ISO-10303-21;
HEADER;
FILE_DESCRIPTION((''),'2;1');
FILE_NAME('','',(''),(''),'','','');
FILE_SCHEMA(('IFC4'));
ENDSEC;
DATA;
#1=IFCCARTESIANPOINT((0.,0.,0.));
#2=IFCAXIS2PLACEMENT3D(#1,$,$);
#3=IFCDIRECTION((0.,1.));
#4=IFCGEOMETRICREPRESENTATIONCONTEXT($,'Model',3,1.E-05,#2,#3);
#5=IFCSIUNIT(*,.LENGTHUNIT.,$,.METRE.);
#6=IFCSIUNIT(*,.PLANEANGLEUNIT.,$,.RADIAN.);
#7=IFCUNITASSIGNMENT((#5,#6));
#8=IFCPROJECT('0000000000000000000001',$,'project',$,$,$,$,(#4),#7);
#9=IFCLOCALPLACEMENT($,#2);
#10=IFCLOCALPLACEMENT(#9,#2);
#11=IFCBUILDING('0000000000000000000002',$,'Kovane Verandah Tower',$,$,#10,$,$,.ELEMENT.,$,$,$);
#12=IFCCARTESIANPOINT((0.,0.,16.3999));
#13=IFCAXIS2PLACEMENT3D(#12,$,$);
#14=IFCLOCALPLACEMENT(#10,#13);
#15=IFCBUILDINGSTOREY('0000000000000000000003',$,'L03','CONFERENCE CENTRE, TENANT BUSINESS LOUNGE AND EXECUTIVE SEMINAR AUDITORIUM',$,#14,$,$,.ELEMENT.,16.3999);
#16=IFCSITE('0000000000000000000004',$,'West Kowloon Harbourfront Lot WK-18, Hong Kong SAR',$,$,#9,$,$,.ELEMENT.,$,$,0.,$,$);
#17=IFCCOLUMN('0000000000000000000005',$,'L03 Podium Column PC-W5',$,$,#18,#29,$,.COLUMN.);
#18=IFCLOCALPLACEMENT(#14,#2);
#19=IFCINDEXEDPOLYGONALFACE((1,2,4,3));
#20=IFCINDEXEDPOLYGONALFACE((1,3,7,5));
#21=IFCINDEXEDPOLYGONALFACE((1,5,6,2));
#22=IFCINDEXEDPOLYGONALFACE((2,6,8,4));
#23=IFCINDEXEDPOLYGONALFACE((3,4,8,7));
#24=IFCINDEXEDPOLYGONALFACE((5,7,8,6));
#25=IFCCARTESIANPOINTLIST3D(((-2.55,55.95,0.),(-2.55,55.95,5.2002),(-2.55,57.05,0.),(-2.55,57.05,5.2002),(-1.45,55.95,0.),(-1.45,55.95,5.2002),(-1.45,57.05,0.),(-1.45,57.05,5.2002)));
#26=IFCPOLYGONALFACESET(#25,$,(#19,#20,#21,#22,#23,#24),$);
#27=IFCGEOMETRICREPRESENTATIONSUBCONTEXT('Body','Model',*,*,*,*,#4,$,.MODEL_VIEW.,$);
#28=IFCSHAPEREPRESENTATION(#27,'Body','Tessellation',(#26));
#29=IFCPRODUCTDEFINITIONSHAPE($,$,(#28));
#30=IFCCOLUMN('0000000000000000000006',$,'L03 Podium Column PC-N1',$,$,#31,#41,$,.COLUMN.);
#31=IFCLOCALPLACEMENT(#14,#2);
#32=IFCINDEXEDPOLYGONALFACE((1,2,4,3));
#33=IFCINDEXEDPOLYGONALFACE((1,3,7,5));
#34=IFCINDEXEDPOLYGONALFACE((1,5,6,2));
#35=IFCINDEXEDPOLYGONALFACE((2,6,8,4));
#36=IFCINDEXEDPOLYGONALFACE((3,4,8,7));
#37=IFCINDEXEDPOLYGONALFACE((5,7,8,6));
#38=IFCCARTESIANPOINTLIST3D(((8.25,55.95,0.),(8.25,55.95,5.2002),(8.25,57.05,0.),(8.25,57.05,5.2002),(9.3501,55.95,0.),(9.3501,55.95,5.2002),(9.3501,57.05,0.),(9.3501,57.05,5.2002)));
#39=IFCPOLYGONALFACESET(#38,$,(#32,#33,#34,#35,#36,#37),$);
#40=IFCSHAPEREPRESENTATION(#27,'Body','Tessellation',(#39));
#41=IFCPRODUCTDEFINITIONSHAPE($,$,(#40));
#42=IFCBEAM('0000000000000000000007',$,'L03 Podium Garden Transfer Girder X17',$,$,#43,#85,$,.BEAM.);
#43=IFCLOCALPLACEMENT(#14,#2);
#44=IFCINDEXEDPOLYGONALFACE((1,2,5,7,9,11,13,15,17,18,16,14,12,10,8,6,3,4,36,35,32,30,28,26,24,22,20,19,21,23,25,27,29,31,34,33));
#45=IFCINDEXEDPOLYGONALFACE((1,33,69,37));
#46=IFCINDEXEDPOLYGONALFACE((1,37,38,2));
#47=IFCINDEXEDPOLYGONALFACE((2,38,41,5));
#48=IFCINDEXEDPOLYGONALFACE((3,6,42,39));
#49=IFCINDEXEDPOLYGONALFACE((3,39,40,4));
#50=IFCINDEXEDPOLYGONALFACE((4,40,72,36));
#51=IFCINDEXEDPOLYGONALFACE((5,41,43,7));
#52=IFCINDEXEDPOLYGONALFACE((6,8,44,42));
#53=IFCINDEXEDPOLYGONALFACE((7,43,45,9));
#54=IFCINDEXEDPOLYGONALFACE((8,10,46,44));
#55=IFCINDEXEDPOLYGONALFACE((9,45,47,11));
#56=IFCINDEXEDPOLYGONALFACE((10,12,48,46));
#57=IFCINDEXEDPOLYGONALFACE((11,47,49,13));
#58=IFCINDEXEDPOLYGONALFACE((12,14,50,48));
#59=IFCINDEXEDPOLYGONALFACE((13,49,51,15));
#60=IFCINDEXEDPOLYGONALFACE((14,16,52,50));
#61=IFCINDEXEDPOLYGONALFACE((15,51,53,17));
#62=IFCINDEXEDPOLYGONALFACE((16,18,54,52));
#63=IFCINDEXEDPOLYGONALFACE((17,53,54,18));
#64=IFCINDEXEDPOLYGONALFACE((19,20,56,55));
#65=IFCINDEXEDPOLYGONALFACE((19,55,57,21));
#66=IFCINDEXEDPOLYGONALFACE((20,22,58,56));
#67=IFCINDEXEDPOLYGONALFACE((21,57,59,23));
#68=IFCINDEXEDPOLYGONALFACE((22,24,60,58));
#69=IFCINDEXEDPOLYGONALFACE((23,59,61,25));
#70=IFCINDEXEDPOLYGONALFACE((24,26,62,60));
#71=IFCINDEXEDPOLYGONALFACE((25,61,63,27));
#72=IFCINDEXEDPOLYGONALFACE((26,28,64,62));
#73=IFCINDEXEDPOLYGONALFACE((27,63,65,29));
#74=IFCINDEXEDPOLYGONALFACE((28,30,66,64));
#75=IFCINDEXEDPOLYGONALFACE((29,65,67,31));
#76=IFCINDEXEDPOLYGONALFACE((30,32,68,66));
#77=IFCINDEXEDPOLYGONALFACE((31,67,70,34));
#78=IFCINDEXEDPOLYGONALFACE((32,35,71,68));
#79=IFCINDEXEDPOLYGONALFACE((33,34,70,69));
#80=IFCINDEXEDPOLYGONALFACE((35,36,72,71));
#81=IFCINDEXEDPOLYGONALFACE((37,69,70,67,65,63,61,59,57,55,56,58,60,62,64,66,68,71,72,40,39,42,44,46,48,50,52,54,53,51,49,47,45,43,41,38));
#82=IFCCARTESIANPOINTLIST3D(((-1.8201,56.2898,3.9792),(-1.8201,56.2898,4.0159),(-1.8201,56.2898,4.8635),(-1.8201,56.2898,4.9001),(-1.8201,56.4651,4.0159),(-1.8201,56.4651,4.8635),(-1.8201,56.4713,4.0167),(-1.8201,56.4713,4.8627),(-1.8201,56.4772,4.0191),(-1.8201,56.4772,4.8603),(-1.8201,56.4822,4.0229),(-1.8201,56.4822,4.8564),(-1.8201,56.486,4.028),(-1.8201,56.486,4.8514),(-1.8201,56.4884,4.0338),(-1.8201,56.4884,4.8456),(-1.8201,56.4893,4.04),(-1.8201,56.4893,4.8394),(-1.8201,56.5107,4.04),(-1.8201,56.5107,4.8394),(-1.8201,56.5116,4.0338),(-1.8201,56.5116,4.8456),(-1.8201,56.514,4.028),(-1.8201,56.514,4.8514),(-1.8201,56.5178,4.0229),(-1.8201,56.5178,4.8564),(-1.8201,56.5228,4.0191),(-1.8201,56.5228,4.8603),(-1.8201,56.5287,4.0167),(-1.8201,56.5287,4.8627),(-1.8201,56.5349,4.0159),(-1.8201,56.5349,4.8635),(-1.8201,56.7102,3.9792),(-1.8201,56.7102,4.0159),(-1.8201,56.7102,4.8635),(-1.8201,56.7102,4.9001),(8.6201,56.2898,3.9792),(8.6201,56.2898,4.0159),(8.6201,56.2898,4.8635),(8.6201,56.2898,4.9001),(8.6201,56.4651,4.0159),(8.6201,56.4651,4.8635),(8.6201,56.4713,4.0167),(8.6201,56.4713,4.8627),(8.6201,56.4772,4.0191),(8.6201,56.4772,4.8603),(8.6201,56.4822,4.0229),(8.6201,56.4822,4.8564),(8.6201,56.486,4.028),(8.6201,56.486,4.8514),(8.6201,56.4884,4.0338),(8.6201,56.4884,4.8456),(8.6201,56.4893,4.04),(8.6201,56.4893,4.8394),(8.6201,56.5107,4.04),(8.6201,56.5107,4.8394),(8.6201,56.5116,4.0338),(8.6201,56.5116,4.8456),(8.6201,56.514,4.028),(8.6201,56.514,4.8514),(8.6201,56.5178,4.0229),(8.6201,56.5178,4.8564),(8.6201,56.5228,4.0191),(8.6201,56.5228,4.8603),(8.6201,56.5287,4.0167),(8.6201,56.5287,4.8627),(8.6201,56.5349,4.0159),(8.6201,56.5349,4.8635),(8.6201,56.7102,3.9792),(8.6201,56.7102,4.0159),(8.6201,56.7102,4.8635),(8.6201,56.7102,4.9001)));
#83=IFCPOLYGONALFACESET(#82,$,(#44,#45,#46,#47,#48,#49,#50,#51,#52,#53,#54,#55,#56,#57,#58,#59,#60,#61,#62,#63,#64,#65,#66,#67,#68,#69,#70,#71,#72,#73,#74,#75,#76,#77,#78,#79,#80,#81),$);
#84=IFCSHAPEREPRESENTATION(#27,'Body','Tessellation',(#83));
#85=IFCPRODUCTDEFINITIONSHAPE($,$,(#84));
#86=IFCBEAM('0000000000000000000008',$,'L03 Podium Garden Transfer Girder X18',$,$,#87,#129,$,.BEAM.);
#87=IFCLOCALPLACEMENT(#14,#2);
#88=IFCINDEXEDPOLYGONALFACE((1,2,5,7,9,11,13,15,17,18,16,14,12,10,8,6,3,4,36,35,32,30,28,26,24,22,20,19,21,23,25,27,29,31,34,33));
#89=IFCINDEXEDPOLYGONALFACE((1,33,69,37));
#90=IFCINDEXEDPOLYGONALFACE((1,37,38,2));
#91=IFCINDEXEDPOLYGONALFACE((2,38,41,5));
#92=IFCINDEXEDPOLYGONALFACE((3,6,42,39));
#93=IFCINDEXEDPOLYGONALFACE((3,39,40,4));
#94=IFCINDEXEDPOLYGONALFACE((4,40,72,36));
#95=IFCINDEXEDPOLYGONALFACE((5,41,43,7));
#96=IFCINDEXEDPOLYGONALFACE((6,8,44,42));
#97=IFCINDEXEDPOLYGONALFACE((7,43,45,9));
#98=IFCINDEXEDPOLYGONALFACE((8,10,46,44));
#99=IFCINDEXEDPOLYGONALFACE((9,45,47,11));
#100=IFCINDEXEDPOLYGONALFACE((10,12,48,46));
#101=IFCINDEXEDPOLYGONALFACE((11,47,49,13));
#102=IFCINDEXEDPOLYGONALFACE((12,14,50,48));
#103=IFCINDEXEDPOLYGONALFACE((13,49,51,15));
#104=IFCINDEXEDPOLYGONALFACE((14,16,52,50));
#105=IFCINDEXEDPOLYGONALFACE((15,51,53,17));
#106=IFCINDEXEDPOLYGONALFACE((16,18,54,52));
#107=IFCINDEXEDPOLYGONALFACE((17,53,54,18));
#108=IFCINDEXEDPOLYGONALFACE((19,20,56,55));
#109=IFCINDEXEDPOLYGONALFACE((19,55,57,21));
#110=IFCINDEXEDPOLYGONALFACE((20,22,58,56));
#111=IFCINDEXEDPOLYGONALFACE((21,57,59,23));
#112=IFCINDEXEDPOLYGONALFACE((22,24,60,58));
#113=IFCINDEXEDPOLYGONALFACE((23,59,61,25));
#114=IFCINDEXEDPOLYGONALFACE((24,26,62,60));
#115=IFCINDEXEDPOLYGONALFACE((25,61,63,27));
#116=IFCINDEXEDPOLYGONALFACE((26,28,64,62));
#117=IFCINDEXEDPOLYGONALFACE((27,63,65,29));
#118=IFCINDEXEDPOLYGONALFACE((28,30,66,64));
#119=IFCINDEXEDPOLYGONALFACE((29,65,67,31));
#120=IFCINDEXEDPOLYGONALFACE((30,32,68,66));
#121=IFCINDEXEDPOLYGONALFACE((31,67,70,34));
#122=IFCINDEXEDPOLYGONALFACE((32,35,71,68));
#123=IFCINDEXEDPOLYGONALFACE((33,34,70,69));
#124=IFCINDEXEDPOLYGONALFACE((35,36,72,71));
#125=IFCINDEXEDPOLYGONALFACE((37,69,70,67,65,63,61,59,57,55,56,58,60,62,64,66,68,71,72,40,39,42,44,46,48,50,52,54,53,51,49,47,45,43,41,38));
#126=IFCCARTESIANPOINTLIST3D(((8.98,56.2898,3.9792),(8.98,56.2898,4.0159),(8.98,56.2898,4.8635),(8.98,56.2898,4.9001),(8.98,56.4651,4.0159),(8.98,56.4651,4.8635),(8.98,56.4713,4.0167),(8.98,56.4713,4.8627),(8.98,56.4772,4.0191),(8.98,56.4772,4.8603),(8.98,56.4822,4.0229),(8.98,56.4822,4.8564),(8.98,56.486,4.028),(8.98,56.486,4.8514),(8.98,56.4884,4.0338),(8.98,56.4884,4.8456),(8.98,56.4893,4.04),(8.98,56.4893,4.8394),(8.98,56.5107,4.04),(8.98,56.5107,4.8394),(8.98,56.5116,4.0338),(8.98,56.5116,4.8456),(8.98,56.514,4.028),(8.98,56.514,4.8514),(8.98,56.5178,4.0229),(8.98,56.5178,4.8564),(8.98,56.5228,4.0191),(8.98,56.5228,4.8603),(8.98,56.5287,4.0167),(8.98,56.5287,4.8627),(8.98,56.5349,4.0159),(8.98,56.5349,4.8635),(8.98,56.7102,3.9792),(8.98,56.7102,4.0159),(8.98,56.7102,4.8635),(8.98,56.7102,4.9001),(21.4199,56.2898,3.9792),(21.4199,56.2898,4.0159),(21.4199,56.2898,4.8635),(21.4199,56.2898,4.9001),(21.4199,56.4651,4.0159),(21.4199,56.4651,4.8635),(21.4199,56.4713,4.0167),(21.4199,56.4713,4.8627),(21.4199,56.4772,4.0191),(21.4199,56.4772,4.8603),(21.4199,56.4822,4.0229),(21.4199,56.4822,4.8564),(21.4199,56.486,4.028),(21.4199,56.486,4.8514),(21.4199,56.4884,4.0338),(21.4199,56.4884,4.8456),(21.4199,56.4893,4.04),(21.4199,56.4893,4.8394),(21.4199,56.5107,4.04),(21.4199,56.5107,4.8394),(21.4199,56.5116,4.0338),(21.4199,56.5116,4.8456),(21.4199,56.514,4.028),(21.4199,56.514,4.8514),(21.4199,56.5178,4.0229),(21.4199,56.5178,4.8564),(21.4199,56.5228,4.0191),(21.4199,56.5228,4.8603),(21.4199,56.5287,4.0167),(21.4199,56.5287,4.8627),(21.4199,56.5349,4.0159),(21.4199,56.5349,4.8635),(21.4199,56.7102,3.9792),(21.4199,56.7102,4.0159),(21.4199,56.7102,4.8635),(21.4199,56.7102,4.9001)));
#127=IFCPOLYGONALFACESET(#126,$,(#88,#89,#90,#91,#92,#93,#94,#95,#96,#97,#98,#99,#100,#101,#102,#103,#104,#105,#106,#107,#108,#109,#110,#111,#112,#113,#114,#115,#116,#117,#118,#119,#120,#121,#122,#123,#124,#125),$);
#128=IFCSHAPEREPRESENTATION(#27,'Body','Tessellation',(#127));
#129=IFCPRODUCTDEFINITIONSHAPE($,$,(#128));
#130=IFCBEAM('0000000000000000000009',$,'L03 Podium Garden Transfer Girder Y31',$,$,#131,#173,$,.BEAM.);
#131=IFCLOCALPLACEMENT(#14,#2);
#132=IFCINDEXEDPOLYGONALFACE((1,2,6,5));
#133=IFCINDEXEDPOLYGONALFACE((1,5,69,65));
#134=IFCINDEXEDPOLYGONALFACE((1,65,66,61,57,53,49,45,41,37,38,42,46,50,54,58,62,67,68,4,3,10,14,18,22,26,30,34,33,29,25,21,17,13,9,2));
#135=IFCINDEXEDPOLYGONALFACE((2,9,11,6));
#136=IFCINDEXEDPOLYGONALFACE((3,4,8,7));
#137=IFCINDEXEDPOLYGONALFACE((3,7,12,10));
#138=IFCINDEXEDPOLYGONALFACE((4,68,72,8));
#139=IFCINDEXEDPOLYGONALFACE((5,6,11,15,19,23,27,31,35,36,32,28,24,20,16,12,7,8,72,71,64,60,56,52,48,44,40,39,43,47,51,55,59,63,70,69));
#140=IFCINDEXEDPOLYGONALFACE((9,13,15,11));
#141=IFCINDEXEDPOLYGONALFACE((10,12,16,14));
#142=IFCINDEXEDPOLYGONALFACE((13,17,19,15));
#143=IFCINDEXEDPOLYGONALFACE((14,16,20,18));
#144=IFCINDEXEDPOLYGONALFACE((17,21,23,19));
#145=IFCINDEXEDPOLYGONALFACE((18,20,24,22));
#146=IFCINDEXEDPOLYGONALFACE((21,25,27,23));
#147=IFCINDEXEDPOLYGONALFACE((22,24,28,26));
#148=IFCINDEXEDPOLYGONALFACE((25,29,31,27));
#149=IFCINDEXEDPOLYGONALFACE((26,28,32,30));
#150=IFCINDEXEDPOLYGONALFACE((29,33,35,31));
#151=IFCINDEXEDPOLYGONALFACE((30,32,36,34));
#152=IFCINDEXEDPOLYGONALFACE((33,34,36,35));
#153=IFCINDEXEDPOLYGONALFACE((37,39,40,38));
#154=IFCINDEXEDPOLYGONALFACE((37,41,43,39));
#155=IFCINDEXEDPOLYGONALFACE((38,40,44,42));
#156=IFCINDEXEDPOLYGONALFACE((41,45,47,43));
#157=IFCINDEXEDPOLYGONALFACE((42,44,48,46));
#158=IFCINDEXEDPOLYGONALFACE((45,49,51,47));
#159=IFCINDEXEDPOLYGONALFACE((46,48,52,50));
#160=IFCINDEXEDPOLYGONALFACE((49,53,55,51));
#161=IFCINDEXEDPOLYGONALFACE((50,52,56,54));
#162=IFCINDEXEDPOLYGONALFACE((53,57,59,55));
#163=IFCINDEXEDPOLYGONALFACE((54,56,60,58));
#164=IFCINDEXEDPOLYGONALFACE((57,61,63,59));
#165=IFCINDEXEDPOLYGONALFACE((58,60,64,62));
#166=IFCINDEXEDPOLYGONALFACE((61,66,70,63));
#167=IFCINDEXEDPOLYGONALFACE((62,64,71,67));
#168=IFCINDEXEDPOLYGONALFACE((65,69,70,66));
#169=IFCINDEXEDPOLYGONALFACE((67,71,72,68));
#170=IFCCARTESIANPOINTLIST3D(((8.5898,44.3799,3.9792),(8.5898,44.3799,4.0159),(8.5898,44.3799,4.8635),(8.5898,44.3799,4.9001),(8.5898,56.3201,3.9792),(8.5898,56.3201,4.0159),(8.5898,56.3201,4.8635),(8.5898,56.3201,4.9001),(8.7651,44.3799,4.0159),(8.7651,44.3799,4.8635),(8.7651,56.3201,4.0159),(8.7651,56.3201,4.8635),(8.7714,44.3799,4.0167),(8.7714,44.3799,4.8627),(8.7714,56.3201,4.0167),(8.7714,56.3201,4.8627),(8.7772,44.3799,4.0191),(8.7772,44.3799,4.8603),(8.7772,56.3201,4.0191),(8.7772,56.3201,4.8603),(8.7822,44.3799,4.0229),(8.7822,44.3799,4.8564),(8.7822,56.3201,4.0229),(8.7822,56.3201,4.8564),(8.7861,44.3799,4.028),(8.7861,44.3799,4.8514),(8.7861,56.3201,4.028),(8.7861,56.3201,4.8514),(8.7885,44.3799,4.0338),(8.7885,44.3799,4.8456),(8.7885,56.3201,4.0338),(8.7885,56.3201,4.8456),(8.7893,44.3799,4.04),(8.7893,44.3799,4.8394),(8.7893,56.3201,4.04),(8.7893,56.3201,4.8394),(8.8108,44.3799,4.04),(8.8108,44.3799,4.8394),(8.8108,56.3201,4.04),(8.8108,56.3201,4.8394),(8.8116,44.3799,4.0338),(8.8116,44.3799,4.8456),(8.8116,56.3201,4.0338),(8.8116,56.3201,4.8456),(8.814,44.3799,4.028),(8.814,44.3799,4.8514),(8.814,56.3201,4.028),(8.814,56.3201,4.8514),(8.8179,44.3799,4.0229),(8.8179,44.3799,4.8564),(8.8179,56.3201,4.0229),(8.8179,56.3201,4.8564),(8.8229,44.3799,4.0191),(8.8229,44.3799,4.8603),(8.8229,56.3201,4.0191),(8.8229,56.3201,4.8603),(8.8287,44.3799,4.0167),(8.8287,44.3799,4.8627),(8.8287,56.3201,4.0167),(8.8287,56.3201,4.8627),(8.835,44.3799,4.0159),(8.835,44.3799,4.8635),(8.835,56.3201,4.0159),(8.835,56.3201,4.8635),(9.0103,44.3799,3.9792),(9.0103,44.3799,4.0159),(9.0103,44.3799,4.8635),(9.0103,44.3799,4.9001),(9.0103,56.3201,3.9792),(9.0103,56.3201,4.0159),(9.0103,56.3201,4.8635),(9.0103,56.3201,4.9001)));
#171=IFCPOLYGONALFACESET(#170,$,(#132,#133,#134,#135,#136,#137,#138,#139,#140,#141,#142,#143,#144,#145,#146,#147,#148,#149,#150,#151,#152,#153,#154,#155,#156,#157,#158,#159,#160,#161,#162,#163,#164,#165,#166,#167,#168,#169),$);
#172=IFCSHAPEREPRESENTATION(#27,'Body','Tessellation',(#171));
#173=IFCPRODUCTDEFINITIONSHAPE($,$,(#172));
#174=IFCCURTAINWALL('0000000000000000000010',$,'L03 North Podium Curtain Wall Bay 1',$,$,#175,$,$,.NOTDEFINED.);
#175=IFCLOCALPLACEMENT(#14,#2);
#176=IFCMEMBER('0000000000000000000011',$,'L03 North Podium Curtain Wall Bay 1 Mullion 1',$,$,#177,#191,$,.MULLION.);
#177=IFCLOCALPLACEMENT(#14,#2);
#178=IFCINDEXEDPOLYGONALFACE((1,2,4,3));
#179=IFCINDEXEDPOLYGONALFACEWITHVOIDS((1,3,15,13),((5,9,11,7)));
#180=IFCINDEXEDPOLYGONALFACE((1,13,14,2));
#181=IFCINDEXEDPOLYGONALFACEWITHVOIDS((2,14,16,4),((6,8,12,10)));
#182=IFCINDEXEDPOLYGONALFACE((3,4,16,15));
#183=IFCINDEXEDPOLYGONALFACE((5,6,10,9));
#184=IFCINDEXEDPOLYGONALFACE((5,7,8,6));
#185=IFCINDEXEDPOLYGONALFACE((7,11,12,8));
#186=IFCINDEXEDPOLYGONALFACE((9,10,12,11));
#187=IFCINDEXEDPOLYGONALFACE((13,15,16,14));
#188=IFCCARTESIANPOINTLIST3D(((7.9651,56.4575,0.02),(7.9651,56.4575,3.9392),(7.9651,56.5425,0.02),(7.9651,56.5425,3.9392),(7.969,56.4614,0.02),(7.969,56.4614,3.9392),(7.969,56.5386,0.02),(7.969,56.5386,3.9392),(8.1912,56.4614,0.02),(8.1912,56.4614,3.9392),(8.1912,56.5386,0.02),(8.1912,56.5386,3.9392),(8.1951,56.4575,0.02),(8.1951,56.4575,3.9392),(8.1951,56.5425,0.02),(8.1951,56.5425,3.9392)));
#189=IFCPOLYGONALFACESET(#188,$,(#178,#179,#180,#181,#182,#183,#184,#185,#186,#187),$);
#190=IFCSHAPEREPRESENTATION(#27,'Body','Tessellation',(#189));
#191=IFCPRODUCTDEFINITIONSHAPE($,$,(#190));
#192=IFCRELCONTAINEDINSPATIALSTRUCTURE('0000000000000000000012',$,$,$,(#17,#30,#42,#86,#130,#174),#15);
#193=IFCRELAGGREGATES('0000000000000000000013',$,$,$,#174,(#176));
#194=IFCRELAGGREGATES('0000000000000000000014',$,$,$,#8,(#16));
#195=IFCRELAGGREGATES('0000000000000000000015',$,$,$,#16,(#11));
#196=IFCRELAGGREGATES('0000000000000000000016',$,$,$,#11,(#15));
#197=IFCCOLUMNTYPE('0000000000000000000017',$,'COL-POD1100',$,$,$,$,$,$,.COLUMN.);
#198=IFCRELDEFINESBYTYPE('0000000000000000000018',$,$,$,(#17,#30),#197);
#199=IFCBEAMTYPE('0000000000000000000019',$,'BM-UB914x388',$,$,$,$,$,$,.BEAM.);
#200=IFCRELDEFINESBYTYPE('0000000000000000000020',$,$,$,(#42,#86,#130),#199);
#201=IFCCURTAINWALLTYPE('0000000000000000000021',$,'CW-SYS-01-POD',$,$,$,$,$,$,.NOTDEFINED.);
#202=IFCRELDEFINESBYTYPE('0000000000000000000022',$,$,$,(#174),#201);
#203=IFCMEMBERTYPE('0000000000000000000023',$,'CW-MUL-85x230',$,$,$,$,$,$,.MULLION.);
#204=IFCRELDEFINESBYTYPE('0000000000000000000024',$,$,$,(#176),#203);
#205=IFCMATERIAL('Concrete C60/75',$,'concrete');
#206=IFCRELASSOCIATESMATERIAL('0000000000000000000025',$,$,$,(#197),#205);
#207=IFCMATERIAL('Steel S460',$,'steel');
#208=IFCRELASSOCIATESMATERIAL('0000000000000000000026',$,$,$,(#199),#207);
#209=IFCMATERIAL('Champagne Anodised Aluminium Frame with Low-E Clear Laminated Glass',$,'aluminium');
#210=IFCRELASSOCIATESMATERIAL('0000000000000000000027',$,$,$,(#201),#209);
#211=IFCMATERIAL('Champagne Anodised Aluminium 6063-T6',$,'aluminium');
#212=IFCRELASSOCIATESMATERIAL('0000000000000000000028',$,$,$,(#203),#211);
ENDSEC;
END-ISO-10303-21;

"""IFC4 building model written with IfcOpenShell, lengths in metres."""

from ifc_helpers import new_model, si_unit, direction, frame, origin, origin_2d, place, context, subcontext, project, spatial, rectangle, hollow_rectangle, i_section, extrude, material, material_profile, profile_set, type_object, element, aggregate, save


model = new_model("IFC4")

# Units and contexts
model_context = context("Model", 3, precision=1e-05, world=origin(), true_north=direction((0.0, 1.0)))
body_context = subcontext(model_context, "Body", "Model", "MODEL_VIEW")
ifc_project = project(units=[si_unit("LENGTHUNIT", "METRE"), si_unit("PLANEANGLEUNIT", "RADIAN")], contexts=[model_context])

# Site, building, storey
site_placement = place(None, origin())
site = spatial("IfcSite", under=ifc_project, at=site_placement, Name="West Kowloon Harbourfront Lot WK-18, Hong Kong SAR", CompositionType="ELEMENT", RefElevation=0.0)
building_placement = place(site_placement, origin())
building = spatial("IfcBuilding", under=site, at=building_placement, Name="Kovane Verandah Tower", CompositionType="ELEMENT")
storey_placement = place(building_placement, frame((0.0, 0.0, 16.3999)))
storey = spatial("IfcBuildingStorey", under=building, at=storey_placement, Name="L03", Description="CONFERENCE CENTRE, TENANT BUSINESS LOUNGE AND EXECUTIVE SEMINAR AUDITORIUM", CompositionType="ELEMENT", Elevation=16.3999)

# Columns
ifc_material_1 = material(Name="Concrete C60/75", Category="concrete")
ifc_material_profile_1 = material_profile(ifc_material_1, rectangle(XDim=1.1001, YDim=1.1001, at=origin_2d()), Name="RC1100x1100")
ifc_profile_set_1 = profile_set([ifc_material_profile_1], Name="Concrete C60/75")
column_type = type_object("IfcColumnType", Name="COL-POD1100", PredefinedType="COLUMN", material=ifc_profile_set_1)
for number, where, z_axis, x_axis, name in (
    (1, (-2.0, 56.5, 0.0), (0.0, 0.0, 1.0), (1.0, 0.0, 0.0), "L03 Podium Column PC-W5"),
    (2, (8.8, 56.5, 0.0), (0.0, 0.0, 1.0), (1.0, 0.0, 0.0), "L03 Podium Column PC-N1"),
):
    element("IfcColumn", number, at=place(storey_placement, frame(where, z_axis=z_axis, x_axis=x_axis)), inside=storey, type_object=column_type, Name=name, PredefinedType="COLUMN", context=body_context, shape_type="SweptSolid", body=[
        extrude(rectangle(XDim=1.1001, YDim=1.1001, at=origin_2d()), origin(), (0.0, 0.0, 1.0), 5.2002),
    ])

# Beams
ifc_material_2 = material(Name="Steel S460", Category="steel")
ifc_material_profile_2 = material_profile(ifc_material_2, i_section(OverallWidth=0.4204, OverallDepth=0.9209, WebThickness=0.0215, FlangeThickness=0.0366, FilletRadius=0.0242, at=origin_2d()), Name="UB914x419x388")
ifc_profile_set_2 = profile_set([ifc_material_profile_2], Name="Steel S460")
beam_type_1 = type_object("IfcBeamType", Name="BM-UB914x388", PredefinedType="BEAM", material=ifc_profile_set_2)
beam_1_placement = place(storey_placement, frame((-1.8201, 56.5, 4.4397), z_axis=(1.0, 0.0, 0.0), x_axis=(0.0, 1.0, 0.0)))
element("IfcBeam", 3, at=beam_1_placement, inside=storey, type_object=beam_type_1, Name="L03 Podium Garden Transfer Girder X17", PredefinedType="BEAM", context=body_context, shape_type="SweptSolid", body=[
    extrude(i_section(OverallWidth=0.4204, OverallDepth=0.9209, WebThickness=0.0215, FlangeThickness=0.0366, FilletRadius=0.0242, at=origin_2d()), origin(), (0.0, 0.0, 1.0), 10.4402),
])
beam_2_placement = place(storey_placement, frame((8.98, 56.5, 4.4397), z_axis=(1.0, 0.0, 0.0), x_axis=(0.0, 1.0, 0.0)))
element("IfcBeam", 4, at=beam_2_placement, inside=storey, type_object=beam_type_1, Name="L03 Podium Garden Transfer Girder X18", PredefinedType="BEAM", context=body_context, shape_type="SweptSolid", body=[
    extrude(i_section(OverallWidth=0.4204, OverallDepth=0.9209, WebThickness=0.0215, FlangeThickness=0.0366, FilletRadius=0.0242, at=origin_2d()), origin(), (0.0, 0.0, 1.0), 12.4399),
])
beam_3_placement = place(storey_placement, frame((8.8, 44.3799, 4.4397), z_axis=(0.0, 1.0, 0.0), x_axis=(-1.0, 0.0, 0.0)))
element("IfcBeam", 5, at=beam_3_placement, inside=storey, type_object=beam_type_1, Name="L03 Podium Garden Transfer Girder Y31", PredefinedType="BEAM", context=body_context, shape_type="SweptSolid", body=[
    extrude(i_section(OverallWidth=0.4204, OverallDepth=0.9209, WebThickness=0.0215, FlangeThickness=0.0366, FilletRadius=0.0242, at=origin_2d()), origin(), (0.0, 0.0, 1.0), 11.9402),
])

# Curtain wall, member
ifc_material_3 = material(Name="Champagne Anodised Aluminium Frame with Low-E Clear Laminated Glass", Category="aluminium")
curtain_wall_type = type_object("IfcCurtainWallType", Name="CW-SYS-01-POD", PredefinedType="NOTDEFINED", material=ifc_material_3)
curtain_wall_1_placement = place(storey_placement, origin())
curtain_wall_1 = element("IfcCurtainWall", 6, at=curtain_wall_1_placement, inside=storey, type_object=curtain_wall_type, Name="L03 North Podium Curtain Wall Bay 1", PredefinedType="NOTDEFINED")
ifc_material_4 = material(Name="Champagne Anodised Aluminium 6063-T6", Category="aluminium")
ifc_material_profile_3 = material_profile(ifc_material_4, hollow_rectangle(XDim=0.085, YDim=0.23, WallThickness=0.0039, at=origin_2d()), Name="AL85x230x4")
ifc_profile_set_3 = profile_set([ifc_material_profile_3], Name="Champagne Anodised Aluminium 6063-T6")
member_type_1 = type_object("IfcMemberType", Name="CW-MUL-85x230", PredefinedType="MULLION", material=ifc_profile_set_3)
member_1_placement = place(storey_placement, frame((8.0801, 56.5, 0.02), z_axis=(0.0, 0.0, 1.0), x_axis=(0.0, 1.0, 0.0)))
member_1 = element("IfcMember", 7, at=member_1_placement, type_object=member_type_1, Name="L03 North Podium Curtain Wall Bay 1 Mullion 1", PredefinedType="MULLION", context=body_context, shape_type="SweptSolid", body=[
    extrude(hollow_rectangle(XDim=0.085, YDim=0.23, WallThickness=0.0039, at=origin_2d()), origin(), (0.0, 0.0, 1.0), 3.9192),
])

aggregate(curtain_wall_1, [member_1])

save(model, "model.ifc")
